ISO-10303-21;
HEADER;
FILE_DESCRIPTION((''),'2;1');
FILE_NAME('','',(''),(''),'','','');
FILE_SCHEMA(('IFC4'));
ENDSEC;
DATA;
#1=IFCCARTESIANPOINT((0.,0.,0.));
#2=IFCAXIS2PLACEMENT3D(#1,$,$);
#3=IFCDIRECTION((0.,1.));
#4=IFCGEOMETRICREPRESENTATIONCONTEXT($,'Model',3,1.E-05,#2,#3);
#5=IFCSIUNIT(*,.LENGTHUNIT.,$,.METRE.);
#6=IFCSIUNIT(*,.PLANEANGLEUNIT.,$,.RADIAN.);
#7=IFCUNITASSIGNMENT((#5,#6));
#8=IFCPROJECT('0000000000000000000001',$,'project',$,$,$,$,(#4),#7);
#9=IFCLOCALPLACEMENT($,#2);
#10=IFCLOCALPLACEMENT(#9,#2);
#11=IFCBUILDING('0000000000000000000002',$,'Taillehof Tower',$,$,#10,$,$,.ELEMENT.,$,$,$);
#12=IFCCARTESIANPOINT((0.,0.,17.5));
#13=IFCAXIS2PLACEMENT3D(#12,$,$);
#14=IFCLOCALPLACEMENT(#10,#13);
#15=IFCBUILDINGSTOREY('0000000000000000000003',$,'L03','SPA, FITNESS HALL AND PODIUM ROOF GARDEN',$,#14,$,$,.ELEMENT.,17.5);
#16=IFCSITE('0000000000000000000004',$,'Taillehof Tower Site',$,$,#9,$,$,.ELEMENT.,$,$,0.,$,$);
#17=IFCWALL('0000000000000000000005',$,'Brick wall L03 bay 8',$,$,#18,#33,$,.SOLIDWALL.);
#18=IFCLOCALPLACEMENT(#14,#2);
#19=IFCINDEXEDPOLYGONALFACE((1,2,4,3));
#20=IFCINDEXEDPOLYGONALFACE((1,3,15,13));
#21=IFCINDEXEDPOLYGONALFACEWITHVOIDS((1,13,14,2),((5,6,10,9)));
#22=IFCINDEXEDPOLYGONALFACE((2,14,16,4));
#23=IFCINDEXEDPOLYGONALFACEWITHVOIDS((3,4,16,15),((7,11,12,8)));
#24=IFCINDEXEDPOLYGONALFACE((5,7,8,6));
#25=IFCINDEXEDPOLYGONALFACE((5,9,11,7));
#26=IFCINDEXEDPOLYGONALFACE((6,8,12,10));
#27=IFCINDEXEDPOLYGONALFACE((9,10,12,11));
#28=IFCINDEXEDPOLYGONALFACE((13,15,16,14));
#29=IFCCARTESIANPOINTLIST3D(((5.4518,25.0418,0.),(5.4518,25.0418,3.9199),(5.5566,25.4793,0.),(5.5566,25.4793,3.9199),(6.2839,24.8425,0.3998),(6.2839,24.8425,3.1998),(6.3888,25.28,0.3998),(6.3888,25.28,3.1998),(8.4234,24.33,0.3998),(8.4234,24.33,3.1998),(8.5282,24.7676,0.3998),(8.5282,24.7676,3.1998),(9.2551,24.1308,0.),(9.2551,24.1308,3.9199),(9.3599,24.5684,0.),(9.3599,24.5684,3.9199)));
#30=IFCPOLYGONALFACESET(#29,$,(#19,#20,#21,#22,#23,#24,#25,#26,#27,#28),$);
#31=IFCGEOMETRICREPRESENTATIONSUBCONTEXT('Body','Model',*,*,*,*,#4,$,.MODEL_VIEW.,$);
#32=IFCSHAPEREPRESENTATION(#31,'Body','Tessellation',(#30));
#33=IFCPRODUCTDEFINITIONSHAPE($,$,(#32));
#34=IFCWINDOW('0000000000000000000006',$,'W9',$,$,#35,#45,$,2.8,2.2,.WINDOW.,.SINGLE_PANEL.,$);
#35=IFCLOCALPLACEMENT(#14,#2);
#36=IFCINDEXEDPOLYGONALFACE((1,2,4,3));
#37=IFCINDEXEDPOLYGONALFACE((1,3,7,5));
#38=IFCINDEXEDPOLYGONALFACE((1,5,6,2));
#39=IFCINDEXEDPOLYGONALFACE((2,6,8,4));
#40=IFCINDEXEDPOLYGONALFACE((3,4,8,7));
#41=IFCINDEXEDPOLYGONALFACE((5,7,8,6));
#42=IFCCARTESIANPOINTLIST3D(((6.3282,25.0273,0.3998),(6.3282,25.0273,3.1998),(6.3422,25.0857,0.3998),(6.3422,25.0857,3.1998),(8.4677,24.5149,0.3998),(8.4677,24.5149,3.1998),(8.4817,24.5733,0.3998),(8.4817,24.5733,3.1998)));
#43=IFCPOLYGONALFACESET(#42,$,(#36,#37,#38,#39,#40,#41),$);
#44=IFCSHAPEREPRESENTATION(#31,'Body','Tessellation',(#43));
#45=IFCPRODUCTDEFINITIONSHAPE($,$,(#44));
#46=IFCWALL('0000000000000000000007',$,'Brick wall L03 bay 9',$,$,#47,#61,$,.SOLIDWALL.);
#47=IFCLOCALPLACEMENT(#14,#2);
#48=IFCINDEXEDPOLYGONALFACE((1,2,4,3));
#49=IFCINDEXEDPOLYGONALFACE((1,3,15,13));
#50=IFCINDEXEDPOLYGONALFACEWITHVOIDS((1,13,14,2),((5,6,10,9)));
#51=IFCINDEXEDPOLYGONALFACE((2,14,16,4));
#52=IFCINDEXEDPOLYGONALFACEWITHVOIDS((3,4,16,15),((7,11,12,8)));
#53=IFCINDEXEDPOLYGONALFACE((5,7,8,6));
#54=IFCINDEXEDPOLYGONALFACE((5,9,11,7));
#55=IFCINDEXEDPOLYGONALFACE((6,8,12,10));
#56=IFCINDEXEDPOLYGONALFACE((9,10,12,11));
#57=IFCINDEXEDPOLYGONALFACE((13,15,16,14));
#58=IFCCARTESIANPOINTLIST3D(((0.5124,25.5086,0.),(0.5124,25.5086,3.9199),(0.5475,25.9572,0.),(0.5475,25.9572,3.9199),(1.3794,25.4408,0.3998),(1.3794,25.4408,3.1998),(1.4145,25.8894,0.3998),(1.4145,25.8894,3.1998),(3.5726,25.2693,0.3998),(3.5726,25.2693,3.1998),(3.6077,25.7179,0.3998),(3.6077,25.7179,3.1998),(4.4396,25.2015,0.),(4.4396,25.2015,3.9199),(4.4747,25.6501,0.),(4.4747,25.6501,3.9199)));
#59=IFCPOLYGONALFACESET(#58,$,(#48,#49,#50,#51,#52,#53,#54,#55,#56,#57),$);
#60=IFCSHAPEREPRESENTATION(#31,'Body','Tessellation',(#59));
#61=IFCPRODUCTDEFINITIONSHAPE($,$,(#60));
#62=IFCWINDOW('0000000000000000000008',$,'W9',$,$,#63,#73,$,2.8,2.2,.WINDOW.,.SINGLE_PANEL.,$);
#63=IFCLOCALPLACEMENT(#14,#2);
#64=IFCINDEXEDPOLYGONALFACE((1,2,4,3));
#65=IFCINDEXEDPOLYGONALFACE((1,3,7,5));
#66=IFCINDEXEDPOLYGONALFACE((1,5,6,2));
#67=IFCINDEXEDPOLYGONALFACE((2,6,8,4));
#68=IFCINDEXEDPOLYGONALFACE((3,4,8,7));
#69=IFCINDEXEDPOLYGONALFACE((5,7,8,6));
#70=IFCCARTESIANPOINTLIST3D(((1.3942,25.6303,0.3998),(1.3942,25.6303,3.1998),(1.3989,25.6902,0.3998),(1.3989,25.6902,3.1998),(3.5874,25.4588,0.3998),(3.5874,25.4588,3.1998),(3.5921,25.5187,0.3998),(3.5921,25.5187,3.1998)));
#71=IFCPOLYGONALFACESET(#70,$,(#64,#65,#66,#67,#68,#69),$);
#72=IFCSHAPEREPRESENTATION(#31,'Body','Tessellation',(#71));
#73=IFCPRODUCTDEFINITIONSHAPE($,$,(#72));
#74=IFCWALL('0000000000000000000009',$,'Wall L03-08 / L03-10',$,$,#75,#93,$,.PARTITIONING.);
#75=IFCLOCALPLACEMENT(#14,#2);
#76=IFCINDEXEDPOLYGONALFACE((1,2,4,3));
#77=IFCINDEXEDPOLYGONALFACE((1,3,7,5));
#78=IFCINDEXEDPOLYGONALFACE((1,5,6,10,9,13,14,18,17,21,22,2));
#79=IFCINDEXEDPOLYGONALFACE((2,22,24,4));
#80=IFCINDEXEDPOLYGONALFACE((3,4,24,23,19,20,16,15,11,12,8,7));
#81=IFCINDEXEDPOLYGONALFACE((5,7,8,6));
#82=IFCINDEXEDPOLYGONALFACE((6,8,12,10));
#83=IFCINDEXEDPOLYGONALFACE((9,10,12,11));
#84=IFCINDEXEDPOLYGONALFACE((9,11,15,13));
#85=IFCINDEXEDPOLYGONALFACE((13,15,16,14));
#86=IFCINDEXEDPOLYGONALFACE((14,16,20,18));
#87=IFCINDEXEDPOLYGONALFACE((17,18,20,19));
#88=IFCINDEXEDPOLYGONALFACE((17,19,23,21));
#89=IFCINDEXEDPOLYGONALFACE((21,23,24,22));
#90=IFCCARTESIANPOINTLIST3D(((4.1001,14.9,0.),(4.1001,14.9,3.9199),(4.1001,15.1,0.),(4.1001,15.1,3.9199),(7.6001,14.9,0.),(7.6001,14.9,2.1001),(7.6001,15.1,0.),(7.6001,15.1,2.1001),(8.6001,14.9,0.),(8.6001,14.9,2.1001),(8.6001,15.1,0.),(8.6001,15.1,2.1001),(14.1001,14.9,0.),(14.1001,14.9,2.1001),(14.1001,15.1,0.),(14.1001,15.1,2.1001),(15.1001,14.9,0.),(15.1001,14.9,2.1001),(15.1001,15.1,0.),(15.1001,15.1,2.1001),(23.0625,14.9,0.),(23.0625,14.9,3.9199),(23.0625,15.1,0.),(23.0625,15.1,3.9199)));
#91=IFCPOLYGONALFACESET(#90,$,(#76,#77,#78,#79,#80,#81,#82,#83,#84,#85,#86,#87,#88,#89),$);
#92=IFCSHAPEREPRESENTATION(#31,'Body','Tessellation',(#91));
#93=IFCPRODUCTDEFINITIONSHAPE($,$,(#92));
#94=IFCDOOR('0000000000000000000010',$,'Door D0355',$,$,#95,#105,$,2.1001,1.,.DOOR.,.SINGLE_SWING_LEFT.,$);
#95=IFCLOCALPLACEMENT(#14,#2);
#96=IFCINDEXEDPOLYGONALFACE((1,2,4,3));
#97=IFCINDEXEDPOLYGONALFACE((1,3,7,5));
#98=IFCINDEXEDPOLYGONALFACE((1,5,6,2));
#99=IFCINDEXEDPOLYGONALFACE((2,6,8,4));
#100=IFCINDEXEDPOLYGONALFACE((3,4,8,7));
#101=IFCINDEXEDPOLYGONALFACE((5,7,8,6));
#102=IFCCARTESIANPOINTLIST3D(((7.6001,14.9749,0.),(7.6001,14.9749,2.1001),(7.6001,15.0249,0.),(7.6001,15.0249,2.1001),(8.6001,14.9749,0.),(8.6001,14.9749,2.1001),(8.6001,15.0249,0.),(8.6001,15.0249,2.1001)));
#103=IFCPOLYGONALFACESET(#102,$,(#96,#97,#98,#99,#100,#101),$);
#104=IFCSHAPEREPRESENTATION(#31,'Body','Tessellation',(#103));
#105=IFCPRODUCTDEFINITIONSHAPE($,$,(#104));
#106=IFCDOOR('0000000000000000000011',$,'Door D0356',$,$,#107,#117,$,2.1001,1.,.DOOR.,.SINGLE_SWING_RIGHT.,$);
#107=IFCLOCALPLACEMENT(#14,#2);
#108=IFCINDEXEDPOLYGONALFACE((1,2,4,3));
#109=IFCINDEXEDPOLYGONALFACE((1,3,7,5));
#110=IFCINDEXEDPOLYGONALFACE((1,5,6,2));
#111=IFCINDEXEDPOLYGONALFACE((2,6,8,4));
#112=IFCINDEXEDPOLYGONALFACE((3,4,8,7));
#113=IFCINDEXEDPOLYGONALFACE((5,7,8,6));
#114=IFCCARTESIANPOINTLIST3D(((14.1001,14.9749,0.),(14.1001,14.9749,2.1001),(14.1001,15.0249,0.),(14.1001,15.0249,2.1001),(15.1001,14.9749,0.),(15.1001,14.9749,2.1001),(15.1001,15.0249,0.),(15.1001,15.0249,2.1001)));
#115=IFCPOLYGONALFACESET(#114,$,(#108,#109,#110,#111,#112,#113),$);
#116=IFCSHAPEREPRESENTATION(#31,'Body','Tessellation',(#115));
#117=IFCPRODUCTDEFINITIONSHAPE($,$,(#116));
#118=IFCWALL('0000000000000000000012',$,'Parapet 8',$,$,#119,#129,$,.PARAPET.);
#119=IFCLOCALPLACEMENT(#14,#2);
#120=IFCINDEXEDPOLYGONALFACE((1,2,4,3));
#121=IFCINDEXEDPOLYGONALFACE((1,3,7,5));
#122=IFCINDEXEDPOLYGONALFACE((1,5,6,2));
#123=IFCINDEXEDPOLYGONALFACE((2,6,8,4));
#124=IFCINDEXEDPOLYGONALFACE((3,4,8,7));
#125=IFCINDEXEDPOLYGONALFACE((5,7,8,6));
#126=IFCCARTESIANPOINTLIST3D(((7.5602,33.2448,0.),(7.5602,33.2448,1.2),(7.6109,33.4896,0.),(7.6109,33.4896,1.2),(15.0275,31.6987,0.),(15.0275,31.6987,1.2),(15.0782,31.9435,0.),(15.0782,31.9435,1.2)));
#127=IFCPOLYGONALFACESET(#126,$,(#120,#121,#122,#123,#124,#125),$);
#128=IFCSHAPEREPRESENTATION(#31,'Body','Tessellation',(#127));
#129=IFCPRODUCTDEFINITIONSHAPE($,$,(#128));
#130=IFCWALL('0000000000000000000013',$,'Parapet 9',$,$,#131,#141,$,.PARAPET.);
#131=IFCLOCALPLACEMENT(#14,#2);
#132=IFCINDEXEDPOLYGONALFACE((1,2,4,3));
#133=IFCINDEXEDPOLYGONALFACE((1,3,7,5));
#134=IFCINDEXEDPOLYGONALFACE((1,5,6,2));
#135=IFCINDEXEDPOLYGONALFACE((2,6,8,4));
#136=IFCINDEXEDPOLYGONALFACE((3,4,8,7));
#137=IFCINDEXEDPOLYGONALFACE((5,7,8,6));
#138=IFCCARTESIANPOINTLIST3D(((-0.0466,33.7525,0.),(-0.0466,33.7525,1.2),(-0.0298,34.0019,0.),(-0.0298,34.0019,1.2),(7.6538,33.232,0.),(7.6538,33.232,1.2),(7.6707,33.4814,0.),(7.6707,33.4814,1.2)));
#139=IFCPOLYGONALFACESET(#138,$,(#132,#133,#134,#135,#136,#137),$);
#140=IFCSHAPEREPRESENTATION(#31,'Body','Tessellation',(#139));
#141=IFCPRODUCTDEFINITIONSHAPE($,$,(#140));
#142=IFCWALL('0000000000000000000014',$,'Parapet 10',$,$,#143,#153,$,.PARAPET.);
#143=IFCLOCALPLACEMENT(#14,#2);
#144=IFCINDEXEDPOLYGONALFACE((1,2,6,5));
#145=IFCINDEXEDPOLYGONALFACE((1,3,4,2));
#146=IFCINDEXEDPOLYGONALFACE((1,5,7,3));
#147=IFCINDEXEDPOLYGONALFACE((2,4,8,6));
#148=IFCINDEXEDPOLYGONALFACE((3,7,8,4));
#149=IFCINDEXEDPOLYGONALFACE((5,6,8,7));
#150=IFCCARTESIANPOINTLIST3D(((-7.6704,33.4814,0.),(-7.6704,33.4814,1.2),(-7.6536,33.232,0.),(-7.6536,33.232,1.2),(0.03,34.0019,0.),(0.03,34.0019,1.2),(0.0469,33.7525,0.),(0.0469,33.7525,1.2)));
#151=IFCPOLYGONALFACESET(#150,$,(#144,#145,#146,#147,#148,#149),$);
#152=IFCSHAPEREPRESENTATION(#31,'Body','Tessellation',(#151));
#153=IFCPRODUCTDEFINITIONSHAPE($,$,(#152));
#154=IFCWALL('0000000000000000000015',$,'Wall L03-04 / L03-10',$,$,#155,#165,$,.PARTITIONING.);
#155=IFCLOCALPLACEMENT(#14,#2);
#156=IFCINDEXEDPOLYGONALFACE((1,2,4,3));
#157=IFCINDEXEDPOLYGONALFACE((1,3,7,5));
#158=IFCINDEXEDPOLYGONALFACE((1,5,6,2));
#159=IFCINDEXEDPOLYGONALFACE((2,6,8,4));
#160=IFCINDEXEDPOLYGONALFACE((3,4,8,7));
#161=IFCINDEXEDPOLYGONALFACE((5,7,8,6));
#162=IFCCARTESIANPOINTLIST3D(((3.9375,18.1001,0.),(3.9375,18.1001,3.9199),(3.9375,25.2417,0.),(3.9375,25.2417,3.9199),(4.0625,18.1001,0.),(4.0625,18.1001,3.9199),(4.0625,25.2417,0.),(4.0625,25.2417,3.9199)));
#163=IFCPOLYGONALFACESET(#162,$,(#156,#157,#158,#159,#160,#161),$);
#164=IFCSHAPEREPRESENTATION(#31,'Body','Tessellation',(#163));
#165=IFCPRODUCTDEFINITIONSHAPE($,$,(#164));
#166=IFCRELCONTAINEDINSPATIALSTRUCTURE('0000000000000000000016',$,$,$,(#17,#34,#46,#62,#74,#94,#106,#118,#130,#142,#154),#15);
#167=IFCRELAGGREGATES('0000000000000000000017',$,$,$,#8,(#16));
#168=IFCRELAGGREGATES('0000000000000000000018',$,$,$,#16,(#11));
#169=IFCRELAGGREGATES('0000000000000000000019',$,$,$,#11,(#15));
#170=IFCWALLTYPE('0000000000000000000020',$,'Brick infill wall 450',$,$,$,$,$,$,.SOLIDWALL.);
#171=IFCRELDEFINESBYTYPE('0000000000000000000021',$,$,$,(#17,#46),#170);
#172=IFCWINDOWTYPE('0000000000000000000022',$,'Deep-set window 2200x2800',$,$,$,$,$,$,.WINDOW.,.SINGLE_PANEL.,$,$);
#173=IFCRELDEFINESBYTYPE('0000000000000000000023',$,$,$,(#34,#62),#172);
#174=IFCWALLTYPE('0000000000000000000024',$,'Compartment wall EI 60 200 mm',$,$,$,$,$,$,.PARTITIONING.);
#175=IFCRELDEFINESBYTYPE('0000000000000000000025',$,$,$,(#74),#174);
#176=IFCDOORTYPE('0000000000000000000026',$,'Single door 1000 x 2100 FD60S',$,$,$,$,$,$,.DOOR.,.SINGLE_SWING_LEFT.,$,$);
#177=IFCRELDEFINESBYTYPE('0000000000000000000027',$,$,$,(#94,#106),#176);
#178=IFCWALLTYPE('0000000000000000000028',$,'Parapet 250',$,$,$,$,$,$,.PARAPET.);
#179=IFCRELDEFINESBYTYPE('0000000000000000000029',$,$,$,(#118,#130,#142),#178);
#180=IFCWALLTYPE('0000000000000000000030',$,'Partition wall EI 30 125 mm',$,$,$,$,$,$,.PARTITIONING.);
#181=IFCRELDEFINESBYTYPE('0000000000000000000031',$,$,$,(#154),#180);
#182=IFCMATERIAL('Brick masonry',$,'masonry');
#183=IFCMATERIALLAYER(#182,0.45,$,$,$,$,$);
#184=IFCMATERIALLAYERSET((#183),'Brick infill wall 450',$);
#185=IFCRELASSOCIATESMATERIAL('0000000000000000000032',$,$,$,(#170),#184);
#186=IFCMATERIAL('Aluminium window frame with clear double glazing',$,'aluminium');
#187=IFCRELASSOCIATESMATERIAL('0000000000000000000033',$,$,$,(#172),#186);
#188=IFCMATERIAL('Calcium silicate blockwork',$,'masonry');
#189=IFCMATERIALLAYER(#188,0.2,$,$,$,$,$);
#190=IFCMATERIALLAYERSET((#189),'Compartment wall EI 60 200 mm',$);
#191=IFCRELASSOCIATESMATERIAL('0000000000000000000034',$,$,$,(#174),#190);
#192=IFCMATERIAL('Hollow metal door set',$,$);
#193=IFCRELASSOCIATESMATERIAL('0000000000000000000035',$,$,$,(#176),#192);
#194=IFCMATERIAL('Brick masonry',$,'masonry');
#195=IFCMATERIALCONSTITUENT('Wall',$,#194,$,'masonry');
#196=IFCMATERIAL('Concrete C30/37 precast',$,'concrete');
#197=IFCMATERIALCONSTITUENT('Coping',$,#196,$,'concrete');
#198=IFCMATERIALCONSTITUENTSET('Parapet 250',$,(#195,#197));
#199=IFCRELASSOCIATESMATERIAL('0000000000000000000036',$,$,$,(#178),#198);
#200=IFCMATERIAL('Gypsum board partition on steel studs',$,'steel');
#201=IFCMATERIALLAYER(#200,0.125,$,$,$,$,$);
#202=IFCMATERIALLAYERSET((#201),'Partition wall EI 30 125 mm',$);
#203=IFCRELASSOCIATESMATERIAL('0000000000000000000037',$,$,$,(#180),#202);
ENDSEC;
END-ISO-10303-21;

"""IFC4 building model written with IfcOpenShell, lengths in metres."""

from ifc_helpers import new_model, si_unit, direction, frame, frame_2d, origin, place, context, subcontext, project, spatial, rectangle, extrude, material, layer, layer_set, constituent, constituent_set, type_object, element, fill, save


model = new_model("IFC4")

# Units and contexts
model_context = context("Model", 3, precision=1e-05, world=origin(), true_north=direction((0.0, 1.0)))
body_context = subcontext(model_context, "Body", "Model", "MODEL_VIEW")
ifc_project = project(units=[si_unit("LENGTHUNIT", "METRE"), si_unit("PLANEANGLEUNIT", "RADIAN")], contexts=[model_context])

# Site, building, storey
site_placement = place(None, origin())
site = spatial("IfcSite", under=ifc_project, at=site_placement, Name="Taillehof Tower Site", CompositionType="ELEMENT", RefElevation=0.0)
building_placement = place(site_placement, origin())
building = spatial("IfcBuilding", under=site, at=building_placement, Name="Taillehof Tower", CompositionType="ELEMENT")
storey_placement = place(building_placement, frame((0.0, 0.0, 17.5)))
storey = spatial("IfcBuildingStorey", under=building, at=storey_placement, Name="L03", Description="SPA, FITNESS HALL AND PODIUM ROOF GARDEN", CompositionType="ELEMENT", Elevation=17.5)

# Walls, openings, windows
ifc_material_1 = material(Name="Brick masonry", Category="masonry")
ifc_layer_1 = layer(ifc_material_1, 0.45)
ifc_layer_set_1 = layer_set([ifc_layer_1], Name="Brick infill wall 450")
wall_type_1 = type_object("IfcWallType", Name="Brick infill wall 450", PredefinedType="SOLIDWALL", material=ifc_layer_set_1)
ifc_material_2 = material(Name="Aluminium window frame with clear double glazing", Category="aluminium")
window_type = type_object("IfcWindowType", Name="Deep-set window 2200x2800", PartitioningType="SINGLE_PANEL", PredefinedType="WINDOW", material=ifc_material_2)
wall_1_placement = place(storey_placement, frame((9.3076, 24.3496, 0.0), z_axis=(0.0, 0.0, 1.0), x_axis=(-0.972497, 0.232917, 0.0)))
wall_1 = element("IfcWall", 1, at=wall_1_placement, inside=storey, type_object=wall_type_1, Name="Brick wall L03 bay 8", PredefinedType="SOLIDWALL", context=body_context, shape_type="SweptSolid", body=[
    extrude(rectangle(XDim=3.9109, YDim=0.45, at=frame_2d((1.9556, 0.0))), origin(), (0.0, 0.0, 1.0), 3.9199),
])
opening_1_placement = place(wall_1_placement, frame((0.8552, 0.0, 0.3999)))
opening_1 = element("IfcOpeningElement", 2, at=opening_1_placement, cuts=wall_1, PredefinedType="OPENING", context=body_context, shape_type="SweptSolid", body=[
    extrude(rectangle(XDim=2.2, YDim=2.8, at=frame_2d((1.1001, 1.3999))), frame((0.0, 0.2349, 0.0), z_axis=(0.0, -1.0, 0.0), x_axis=(1.0, 0.0, 0.0)), (0.0, 0.0, 1.0), 0.47),
])
window_1_placement = place(opening_1_placement, origin())
window_1 = element("IfcWindow", 3, at=window_1_placement, inside=storey, type_object=window_type, Name="W9", OverallHeight=2.8, OverallWidth=2.2, PartitioningType="SINGLE_PANEL", PredefinedType="WINDOW", context=body_context, shape_type="SweptSolid", body=[
    extrude(rectangle(XDim=2.2, YDim=2.8, at=frame_2d((1.1001, 1.3999))), frame((0.0, 0.0349, 0.0), z_axis=(0.0, -1.0, 0.0), x_axis=(1.0, 0.0, 0.0)), (0.0, 0.0, 1.0), 0.0601),
])
fill(opening_1, window_1)
wall_2_placement = place(storey_placement, frame((4.4573, 25.4258, 0.0), z_axis=(0.0, 0.0, 1.0), x_axis=(-0.996956, 0.077967, 0.0)))
wall_2 = element("IfcWall", 4, at=wall_2_placement, inside=storey, type_object=wall_type_1, Name="Brick wall L03 bay 9", PredefinedType="SOLIDWALL", context=body_context, shape_type="SweptSolid", body=[
    extrude(rectangle(XDim=3.9392, YDim=0.45, at=frame_2d((1.9697, 0.0))), origin(), (0.0, 0.0, 1.0), 3.9199),
])
opening_2_placement = place(wall_2_placement, frame((0.8696, 0.0, 0.3999)))
opening_2 = element("IfcOpeningElement", 5, at=opening_2_placement, cuts=wall_2, PredefinedType="OPENING", context=body_context, shape_type="SweptSolid", body=[
    extrude(rectangle(XDim=2.2, YDim=2.8, at=frame_2d((1.1001, 1.3999))), frame((0.0, 0.2349, 0.0), z_axis=(0.0, -1.0, 0.0), x_axis=(1.0, 0.0, 0.0)), (0.0, 0.0, 1.0), 0.47),
])
window_2_placement = place(opening_2_placement, origin())
window_2 = element("IfcWindow", 6, at=window_2_placement, inside=storey, type_object=window_type, Name="W9", OverallHeight=2.8, OverallWidth=2.2, PartitioningType="SINGLE_PANEL", PredefinedType="WINDOW", context=body_context, shape_type="SweptSolid", body=[
    extrude(rectangle(XDim=2.2, YDim=2.8, at=frame_2d((1.1001, 1.3999))), frame((0.0, 0.0349, 0.0), z_axis=(0.0, -1.0, 0.0), x_axis=(1.0, 0.0, 0.0)), (0.0, 0.0, 1.0), 0.0601),
])
fill(opening_2, window_2)

# Wall, openings, doors
ifc_material_3 = material(Name="Calcium silicate blockwork", Category="masonry")
ifc_layer_2 = layer(ifc_material_3, 0.2)
ifc_layer_set_2 = layer_set([ifc_layer_2], Name="Compartment wall EI 60 200 mm")
wall_type_2 = type_object("IfcWallType", Name="Compartment wall EI 60 200 mm", PredefinedType="PARTITIONING", material=ifc_layer_set_2)
wall_3_placement = place(storey_placement, frame((4.1001, 15.0, 0.0), z_axis=(0.0, 0.0, 1.0), x_axis=(1.0, 0.0, 0.0)))
wall_3 = element("IfcWall", 7, at=wall_3_placement, inside=storey, type_object=wall_type_2, Name="Wall L03-08 / L03-10", PredefinedType="PARTITIONING", context=body_context, shape_type="SweptSolid", body=[
    extrude(rectangle(XDim=18.9624, YDim=0.2, at=frame_2d((9.4812, 0.0))), origin(), (0.0, 0.0, 1.0), 3.9199),
])
opening_3_placement = place(wall_3_placement, frame((3.5, 0.0, 0.0)))
opening_3 = element("IfcOpeningElement", 8, at=opening_3_placement, cuts=wall_3, PredefinedType="OPENING", context=body_context, shape_type="SweptSolid", body=[
    extrude(rectangle(XDim=1.0, YDim=2.1001, at=frame_2d((0.5, 1.05))), frame((0.0, 0.1099, 0.0), z_axis=(0.0, -1.0, 0.0), x_axis=(1.0, 0.0, 0.0)), (0.0, 0.0, 1.0), 0.22),
])
opening_4_placement = place(wall_3_placement, frame((10.0, 0.0, 0.0)))
opening_4 = element("IfcOpeningElement", 9, at=opening_4_placement, cuts=wall_3, PredefinedType="OPENING", context=body_context, shape_type="SweptSolid", body=[
    extrude(rectangle(XDim=1.0, YDim=2.1001, at=frame_2d((0.5, 1.05))), frame((0.0, 0.1099, 0.0), z_axis=(0.0, -1.0, 0.0), x_axis=(1.0, 0.0, 0.0)), (0.0, 0.0, 1.0), 0.22),
])
ifc_material_4 = material(Name="Hollow metal door set")
door_type = type_object("IfcDoorType", Name="Single door 1000 x 2100 FD60S", OperationType="SINGLE_SWING_LEFT", PredefinedType="DOOR", material=ifc_material_4)
door_1_placement = place(opening_3_placement, origin())
door_1 = element("IfcDoor", 10, at=door_1_placement, inside=storey, type_object=door_type, Name="Door D0355", OperationType="SINGLE_SWING_LEFT", OverallHeight=2.1001, OverallWidth=1.0, PredefinedType="DOOR", context=body_context, shape_type="SweptSolid", body=[
    extrude(rectangle(XDim=1.0, YDim=2.1001, at=frame_2d((0.5, 1.05))), frame((0.0, 0.0249, 0.0), z_axis=(0.0, -1.0, 0.0), x_axis=(1.0, 0.0, 0.0)), (0.0, 0.0, 1.0), 0.05),
])
fill(opening_3, door_1)
door_2_placement = place(opening_4_placement, origin())
door_2 = element("IfcDoor", 11, at=door_2_placement, inside=storey, type_object=door_type, Name="Door D0356", OperationType="SINGLE_SWING_RIGHT", OverallHeight=2.1001, OverallWidth=1.0, PredefinedType="DOOR", context=body_context, shape_type="SweptSolid", body=[
    extrude(rectangle(XDim=1.0, YDim=2.1001, at=frame_2d((0.5, 1.05))), frame((0.0, 0.0249, 0.0), z_axis=(0.0, -1.0, 0.0), x_axis=(1.0, 0.0, 0.0)), (0.0, 0.0, 1.0), 0.05),
])
fill(opening_4, door_2)

# Walls
ifc_material_5 = material(Name="Brick masonry", Category="masonry")
ifc_constituent_1 = constituent(ifc_material_5, Name="Wall", Category="masonry")
ifc_material_6 = material(Name="Concrete C30/37 precast", Category="concrete")
ifc_constituent_2 = constituent(ifc_material_6, Name="Coping", Category="concrete")
ifc_constituent_set_1 = constituent_set(constituents=[ifc_constituent_1, ifc_constituent_2], Name="Parapet 250")
wall_type_3 = type_object("IfcWallType", Name="Parapet 250", PredefinedType="PARAPET", material=ifc_constituent_set_1)
wall_4_placement = place(storey_placement, frame((15.053, 31.821, 0.0), z_axis=(0.0, 0.0, 1.0), x_axis=(-0.97923, 0.202755, 0.0)))
element("IfcWall", 12, at=wall_4_placement, inside=storey, type_object=wall_type_3, Name="Parapet 8", PredefinedType="PARAPET", context=body_context, shape_type="SweptSolid", body=[
    extrude(rectangle(XDim=7.6257, YDim=0.25, at=frame_2d((3.813, 0.0))), origin(), (0.0, 0.0, 1.0), 1.2),
])
for number, where, z_axis, x_axis, name in (
    (13, (7.6621, 33.3567, 0.0), (0.0, 0.0, 1.0), (-0.997723, 0.067441, 0.0), "Parapet 9"),
    (14, (0.0383, 33.8772, 0.0), (0.0, 0.0, 1.0), (-0.997723, -0.067441, 0.0), "Parapet 10"),
):
    element("IfcWall", number, at=place(storey_placement, frame(where, z_axis=z_axis, x_axis=x_axis)), inside=storey, type_object=wall_type_3, Name=name, PredefinedType="PARAPET", context=body_context, shape_type="SweptSolid", body=[
        extrude(rectangle(XDim=7.718, YDim=0.25, at=frame_2d((3.8589, 0.0))), origin(), (0.0, 0.0, 1.0), 1.2),
    ])
ifc_material_7 = material(Name="Gypsum board partition on steel studs", Category="steel")
ifc_layer_3 = layer(ifc_material_7, 0.125)
ifc_layer_set_3 = layer_set([ifc_layer_3], Name="Partition wall EI 30 125 mm")
wall_type_4 = type_object("IfcWallType", Name="Partition wall EI 30 125 mm", PredefinedType="PARTITIONING", material=ifc_layer_set_3)
wall_5_placement = place(storey_placement, frame((4.0, 18.1001, 0.0), z_axis=(0.0, 0.0, 1.0), x_axis=(0.0, 1.0, 0.0)))
element("IfcWall", 15, at=wall_5_placement, inside=storey, type_object=wall_type_4, Name="Wall L03-04 / L03-10", PredefinedType="PARTITIONING", context=body_context, shape_type="SweptSolid", body=[
    extrude(rectangle(XDim=7.1416, YDim=0.125, at=frame_2d((3.5708, 0.0))), origin(), (0.0, 0.0, 1.0), 3.9199),
])

save(model, "model.ifc")
